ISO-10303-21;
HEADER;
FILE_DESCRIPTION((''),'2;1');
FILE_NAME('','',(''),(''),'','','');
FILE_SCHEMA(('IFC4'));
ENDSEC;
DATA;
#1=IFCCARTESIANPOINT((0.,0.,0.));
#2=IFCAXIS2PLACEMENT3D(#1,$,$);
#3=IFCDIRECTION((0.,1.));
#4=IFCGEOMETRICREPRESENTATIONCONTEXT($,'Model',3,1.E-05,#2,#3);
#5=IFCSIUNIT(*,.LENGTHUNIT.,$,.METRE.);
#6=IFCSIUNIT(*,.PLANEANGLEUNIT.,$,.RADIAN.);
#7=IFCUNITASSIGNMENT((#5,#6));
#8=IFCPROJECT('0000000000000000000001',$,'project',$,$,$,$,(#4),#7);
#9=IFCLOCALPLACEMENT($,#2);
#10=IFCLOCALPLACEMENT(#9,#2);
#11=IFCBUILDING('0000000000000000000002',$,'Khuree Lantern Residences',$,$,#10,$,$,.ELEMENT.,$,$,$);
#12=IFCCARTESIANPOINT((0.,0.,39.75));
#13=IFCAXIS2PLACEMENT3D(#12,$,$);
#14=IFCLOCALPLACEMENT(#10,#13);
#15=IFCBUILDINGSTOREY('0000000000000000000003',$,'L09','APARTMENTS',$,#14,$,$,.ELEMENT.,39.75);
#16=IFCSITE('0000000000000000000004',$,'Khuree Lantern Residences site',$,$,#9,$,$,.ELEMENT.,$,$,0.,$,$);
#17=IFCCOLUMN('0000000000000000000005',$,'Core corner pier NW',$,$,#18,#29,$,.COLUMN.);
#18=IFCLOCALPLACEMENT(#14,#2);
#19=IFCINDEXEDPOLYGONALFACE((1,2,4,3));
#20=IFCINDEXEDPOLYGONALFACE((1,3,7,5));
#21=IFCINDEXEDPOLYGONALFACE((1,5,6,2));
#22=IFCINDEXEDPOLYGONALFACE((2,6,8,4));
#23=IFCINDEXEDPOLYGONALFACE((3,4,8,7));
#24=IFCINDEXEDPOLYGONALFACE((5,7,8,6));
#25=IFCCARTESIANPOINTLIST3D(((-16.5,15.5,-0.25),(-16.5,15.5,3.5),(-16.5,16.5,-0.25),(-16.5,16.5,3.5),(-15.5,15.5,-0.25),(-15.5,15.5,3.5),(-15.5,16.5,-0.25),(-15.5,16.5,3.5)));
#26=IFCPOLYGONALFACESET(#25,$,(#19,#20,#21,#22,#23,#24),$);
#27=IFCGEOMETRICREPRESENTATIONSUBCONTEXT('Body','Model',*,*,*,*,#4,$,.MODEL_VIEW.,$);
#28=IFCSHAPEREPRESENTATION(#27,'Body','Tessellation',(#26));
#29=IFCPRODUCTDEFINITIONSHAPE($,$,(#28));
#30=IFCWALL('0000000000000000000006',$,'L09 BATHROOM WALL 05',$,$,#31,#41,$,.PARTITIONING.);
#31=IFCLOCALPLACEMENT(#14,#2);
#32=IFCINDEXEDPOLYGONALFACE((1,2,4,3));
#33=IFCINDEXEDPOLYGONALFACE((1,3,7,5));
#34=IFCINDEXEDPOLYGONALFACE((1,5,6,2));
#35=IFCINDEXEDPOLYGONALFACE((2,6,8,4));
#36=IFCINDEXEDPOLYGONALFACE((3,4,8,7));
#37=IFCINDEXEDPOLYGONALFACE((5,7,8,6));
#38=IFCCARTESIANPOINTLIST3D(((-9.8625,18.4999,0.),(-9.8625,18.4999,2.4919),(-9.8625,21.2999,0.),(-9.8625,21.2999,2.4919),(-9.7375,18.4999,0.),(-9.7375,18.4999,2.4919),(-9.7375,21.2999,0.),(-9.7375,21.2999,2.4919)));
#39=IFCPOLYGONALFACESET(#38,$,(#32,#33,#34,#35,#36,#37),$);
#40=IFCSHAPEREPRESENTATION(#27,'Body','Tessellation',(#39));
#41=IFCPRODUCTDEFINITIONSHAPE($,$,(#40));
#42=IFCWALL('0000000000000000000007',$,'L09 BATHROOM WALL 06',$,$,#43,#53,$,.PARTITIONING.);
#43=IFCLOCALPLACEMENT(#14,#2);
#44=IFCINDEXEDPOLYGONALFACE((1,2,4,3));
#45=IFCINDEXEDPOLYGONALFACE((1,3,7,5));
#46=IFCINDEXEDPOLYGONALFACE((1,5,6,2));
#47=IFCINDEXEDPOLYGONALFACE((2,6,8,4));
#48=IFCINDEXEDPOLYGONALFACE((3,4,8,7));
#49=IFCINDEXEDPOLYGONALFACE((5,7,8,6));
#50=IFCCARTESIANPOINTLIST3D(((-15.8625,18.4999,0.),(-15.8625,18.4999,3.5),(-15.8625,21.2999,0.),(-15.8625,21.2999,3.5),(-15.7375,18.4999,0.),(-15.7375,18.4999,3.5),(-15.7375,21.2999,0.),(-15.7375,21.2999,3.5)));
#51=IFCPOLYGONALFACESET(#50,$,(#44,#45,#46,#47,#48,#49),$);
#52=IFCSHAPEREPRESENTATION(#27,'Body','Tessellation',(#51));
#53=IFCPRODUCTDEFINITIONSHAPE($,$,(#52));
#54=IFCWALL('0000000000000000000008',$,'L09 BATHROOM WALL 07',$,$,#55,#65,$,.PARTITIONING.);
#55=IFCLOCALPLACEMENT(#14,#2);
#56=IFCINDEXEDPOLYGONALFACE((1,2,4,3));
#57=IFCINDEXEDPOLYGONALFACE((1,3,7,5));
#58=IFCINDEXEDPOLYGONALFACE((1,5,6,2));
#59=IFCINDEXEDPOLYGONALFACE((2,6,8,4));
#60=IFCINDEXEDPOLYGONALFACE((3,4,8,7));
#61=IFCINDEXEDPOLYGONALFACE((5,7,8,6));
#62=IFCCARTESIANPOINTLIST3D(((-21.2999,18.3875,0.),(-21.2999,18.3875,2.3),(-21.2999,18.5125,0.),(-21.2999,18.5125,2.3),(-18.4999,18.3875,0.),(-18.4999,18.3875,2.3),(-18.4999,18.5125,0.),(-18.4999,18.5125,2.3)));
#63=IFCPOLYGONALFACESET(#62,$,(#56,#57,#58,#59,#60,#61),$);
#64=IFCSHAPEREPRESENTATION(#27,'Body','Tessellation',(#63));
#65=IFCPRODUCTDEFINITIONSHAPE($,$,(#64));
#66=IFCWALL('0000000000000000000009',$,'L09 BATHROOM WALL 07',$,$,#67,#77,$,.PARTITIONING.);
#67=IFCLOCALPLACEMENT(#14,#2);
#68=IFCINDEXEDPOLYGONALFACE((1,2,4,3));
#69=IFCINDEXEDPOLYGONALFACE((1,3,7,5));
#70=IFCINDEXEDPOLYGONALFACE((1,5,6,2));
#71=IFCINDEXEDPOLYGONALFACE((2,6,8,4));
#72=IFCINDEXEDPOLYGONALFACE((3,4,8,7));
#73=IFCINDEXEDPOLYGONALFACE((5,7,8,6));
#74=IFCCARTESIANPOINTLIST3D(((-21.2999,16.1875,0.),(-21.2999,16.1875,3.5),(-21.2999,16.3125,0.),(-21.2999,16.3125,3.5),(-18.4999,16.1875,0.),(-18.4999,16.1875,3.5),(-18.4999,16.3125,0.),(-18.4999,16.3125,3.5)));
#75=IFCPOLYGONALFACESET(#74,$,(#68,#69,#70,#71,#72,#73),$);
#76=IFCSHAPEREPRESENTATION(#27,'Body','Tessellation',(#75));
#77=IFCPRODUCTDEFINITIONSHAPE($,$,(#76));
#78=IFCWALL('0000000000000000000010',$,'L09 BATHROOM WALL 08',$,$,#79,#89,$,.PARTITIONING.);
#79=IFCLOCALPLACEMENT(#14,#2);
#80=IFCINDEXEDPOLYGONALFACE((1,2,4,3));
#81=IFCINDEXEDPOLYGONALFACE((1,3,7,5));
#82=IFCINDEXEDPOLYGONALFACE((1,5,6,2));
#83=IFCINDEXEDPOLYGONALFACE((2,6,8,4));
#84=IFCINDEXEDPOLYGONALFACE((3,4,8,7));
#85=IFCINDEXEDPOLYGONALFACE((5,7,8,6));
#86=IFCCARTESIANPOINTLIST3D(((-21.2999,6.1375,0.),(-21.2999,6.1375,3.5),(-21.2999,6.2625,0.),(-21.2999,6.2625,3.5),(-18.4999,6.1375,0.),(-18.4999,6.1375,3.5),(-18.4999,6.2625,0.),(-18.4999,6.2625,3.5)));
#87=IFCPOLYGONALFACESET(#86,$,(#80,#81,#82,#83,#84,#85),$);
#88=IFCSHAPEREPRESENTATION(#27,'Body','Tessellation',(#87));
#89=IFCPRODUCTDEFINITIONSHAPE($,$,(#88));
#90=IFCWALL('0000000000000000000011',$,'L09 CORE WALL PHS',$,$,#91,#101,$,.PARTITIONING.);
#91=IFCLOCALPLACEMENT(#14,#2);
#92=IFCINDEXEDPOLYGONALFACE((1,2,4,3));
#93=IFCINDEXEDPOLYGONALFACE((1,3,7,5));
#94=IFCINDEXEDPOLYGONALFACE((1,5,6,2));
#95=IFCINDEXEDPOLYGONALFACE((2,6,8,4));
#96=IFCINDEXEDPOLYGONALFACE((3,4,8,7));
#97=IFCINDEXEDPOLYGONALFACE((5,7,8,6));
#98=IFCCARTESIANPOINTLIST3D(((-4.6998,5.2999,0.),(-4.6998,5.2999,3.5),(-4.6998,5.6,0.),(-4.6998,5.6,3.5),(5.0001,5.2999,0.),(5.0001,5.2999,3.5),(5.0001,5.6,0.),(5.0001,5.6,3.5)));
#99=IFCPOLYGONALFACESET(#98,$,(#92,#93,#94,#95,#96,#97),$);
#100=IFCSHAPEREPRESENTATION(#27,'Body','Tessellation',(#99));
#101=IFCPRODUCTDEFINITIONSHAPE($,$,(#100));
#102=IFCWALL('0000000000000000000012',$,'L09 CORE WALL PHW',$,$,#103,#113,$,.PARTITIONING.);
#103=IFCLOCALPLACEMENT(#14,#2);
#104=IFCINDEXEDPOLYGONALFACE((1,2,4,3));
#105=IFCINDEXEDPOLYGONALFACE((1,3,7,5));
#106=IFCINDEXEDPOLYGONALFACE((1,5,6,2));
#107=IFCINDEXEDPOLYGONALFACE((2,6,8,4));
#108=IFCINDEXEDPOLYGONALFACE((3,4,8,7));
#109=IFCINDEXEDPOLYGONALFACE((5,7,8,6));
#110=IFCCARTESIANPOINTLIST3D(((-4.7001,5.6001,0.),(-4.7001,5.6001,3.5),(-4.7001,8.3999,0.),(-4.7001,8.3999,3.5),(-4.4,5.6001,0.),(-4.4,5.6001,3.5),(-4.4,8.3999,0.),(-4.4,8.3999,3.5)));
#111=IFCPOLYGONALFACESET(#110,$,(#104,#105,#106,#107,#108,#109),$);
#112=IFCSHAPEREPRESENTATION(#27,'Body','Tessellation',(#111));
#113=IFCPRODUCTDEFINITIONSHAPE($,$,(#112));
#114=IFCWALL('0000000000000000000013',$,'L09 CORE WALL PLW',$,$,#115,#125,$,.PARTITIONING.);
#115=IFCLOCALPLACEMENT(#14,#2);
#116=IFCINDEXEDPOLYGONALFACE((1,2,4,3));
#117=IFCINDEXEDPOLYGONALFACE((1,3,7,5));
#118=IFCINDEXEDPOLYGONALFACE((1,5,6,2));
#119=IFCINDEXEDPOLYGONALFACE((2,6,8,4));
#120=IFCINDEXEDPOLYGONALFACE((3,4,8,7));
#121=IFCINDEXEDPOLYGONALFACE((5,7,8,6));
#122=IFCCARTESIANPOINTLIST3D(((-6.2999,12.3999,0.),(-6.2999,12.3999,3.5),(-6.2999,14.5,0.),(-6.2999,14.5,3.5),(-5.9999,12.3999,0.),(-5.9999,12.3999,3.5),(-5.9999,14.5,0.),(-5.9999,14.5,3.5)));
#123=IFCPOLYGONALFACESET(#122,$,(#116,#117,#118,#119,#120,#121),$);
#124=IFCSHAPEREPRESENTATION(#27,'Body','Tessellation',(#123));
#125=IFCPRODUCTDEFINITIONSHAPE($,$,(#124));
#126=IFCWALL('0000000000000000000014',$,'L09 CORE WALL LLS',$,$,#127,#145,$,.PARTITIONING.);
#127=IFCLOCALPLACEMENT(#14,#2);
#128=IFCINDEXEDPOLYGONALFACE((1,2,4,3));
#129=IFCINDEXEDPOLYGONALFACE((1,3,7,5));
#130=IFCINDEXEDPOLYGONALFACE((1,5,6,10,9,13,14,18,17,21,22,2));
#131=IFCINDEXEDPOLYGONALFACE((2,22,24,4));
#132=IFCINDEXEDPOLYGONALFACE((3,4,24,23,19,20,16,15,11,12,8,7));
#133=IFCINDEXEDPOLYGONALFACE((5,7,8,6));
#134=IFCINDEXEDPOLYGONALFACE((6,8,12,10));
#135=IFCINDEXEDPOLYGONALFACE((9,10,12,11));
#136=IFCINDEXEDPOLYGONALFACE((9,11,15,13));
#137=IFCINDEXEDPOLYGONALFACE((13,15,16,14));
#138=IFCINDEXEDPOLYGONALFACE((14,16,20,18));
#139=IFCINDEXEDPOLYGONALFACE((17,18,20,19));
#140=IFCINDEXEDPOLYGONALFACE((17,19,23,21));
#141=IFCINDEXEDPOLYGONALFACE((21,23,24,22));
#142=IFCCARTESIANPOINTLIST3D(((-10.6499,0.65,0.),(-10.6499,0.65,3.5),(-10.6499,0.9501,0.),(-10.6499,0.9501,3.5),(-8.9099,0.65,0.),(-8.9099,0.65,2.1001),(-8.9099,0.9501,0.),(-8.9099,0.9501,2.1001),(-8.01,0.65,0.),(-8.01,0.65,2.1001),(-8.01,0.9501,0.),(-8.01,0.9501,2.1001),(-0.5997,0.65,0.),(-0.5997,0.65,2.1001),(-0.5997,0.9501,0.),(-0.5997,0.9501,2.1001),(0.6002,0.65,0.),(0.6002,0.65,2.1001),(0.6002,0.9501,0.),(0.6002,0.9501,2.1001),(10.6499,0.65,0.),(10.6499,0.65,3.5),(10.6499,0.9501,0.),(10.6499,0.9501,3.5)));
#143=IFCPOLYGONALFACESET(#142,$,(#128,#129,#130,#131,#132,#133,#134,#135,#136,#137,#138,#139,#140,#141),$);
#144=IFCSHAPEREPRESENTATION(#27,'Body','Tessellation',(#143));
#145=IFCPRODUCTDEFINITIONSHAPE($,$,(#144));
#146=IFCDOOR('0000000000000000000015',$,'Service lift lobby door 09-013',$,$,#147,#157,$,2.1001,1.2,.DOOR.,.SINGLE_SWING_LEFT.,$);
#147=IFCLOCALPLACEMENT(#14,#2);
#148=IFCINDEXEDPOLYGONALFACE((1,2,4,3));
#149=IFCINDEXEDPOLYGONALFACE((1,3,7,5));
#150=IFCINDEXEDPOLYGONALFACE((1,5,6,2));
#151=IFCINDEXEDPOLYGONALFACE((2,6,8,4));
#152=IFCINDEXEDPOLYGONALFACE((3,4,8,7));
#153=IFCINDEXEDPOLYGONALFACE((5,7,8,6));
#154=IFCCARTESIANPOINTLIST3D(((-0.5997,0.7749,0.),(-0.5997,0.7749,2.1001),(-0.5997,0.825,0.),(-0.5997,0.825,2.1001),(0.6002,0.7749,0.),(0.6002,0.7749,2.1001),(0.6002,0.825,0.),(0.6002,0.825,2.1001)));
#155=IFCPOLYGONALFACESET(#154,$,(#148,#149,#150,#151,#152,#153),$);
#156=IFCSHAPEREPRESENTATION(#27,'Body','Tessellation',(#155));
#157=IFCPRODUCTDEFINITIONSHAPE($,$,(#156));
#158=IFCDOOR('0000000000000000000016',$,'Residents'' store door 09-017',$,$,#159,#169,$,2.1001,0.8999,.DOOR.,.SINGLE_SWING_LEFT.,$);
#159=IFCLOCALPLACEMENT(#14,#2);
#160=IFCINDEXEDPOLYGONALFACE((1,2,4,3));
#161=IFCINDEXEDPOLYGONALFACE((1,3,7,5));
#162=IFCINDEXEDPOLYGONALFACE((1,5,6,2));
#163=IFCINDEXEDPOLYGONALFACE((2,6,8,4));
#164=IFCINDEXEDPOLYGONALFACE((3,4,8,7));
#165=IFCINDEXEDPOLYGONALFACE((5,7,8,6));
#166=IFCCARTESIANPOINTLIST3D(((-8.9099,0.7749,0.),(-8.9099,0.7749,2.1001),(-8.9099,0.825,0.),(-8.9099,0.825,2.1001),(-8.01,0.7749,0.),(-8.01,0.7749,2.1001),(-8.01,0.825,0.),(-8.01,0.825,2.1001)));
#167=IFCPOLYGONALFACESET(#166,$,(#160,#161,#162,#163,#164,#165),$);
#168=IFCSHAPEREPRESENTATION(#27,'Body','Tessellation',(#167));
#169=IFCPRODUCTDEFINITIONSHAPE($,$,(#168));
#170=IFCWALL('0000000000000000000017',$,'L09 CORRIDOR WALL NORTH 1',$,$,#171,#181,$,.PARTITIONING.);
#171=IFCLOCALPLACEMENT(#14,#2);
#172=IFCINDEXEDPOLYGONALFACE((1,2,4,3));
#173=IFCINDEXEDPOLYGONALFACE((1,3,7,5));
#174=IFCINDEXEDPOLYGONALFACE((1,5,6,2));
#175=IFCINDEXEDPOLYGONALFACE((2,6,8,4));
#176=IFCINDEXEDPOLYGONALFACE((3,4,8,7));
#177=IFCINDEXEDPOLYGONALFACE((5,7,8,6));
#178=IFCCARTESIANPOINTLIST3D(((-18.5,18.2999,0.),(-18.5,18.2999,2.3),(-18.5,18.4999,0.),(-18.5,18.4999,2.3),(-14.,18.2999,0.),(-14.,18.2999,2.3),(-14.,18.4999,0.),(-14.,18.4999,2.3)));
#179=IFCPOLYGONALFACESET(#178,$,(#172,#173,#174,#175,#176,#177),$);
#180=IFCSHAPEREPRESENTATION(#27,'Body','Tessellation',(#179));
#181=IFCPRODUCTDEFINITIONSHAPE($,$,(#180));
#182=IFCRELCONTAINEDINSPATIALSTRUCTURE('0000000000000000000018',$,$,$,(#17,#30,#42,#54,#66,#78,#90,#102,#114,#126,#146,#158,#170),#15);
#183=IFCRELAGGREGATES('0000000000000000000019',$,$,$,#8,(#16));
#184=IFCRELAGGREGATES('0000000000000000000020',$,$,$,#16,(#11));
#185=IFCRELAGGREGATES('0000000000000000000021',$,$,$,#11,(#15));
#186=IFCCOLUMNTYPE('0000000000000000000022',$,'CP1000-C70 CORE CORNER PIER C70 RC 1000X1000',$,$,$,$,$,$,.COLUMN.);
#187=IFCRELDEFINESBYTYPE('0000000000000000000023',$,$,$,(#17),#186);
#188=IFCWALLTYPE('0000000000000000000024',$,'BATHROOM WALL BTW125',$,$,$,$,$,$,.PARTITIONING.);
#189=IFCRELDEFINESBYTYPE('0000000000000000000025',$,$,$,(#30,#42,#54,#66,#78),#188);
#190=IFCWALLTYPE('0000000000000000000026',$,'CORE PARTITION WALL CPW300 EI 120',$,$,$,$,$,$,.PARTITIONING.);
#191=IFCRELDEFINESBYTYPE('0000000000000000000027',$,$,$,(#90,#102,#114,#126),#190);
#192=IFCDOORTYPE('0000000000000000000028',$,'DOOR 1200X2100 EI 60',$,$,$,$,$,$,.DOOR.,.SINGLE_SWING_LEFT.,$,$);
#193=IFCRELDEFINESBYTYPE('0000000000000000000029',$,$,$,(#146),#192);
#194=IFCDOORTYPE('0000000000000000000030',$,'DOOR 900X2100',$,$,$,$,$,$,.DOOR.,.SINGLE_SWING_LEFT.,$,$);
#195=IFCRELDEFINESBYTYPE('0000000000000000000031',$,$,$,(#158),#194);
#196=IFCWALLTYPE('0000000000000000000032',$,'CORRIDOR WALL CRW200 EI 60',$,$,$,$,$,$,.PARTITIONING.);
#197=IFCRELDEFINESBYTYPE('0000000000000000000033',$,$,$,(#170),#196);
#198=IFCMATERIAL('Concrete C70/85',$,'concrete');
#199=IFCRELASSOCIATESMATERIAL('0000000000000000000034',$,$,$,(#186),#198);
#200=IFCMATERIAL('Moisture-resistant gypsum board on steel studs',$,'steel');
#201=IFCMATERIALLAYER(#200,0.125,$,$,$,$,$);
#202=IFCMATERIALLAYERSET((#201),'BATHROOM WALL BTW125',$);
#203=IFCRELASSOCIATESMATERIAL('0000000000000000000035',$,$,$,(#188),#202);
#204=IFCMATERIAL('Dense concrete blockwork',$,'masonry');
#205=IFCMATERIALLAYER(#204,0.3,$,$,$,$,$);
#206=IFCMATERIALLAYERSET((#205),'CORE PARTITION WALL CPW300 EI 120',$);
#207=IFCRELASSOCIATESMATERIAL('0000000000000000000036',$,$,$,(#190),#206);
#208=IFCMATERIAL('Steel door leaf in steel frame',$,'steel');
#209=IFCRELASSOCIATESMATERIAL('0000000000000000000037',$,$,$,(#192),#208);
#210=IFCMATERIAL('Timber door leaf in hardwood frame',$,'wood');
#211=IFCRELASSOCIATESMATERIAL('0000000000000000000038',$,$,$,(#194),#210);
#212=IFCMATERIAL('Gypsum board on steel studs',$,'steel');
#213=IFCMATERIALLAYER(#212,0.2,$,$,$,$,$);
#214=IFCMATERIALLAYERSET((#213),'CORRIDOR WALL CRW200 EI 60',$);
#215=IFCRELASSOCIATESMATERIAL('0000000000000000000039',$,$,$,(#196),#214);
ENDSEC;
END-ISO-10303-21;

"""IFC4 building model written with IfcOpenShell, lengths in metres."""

from ifc_helpers import new_model, si_unit, direction, frame, frame_2d, origin, origin_2d, place, context, subcontext, project, spatial, rectangle, extrude, material, layer, layer_set, material_profile, profile_set, type_object, element, fill, save


model = new_model("IFC4")

# Units and contexts
model_context = context("Model", 3, precision=1e-05, world=origin(), true_north=direction((0.0, 1.0)))
body_context = subcontext(model_context, "Body", "Model", "MODEL_VIEW")
ifc_project = project(units=[si_unit("LENGTHUNIT", "METRE"), si_unit("PLANEANGLEUNIT", "RADIAN")], contexts=[model_context])

# Site, building, storey
site_placement = place(None, origin())
site = spatial("IfcSite", under=ifc_project, at=site_placement, Name="Khuree Lantern Residences site", CompositionType="ELEMENT", RefElevation=0.0)
building_placement = place(site_placement, origin())
building = spatial("IfcBuilding", under=site, at=building_placement, Name="Khuree Lantern Residences", CompositionType="ELEMENT")
storey_placement = place(building_placement, frame((0.0, 0.0, 39.75)))
storey = spatial("IfcBuildingStorey", under=building, at=storey_placement, Name="L09", Description="APARTMENTS", CompositionType="ELEMENT", Elevation=39.75)

# Column
ifc_material_1 = material(Name="Concrete C70/85", Category="concrete")
ifc_material_profile = material_profile(ifc_material_1, rectangle(XDim=1.0, YDim=1.0, at=origin_2d()), Name="RC 1000X1000")
ifc_profile_set = profile_set([ifc_material_profile], Name="Concrete C70/85")
column_type = type_object("IfcColumnType", Name="CP1000-C70 CORE CORNER PIER C70 RC 1000X1000", PredefinedType="COLUMN", material=ifc_profile_set)
column_placement = place(storey_placement, frame((-16.0, 16.0, -0.25), z_axis=(0.0, 0.0, 1.0), x_axis=(1.0, 0.0, 0.0)))
element("IfcColumn", 1, at=column_placement, inside=storey, type_object=column_type, Name="Core corner pier NW", PredefinedType="COLUMN", context=body_context, shape_type="SweptSolid", body=[
    extrude(rectangle(XDim=1.0, YDim=1.0, at=origin_2d()), origin(), (0.0, 0.0, 1.0), 3.75),
])

# Walls
ifc_material_2 = material(Name="Moisture-resistant gypsum board on steel studs", Category="steel")
ifc_layer_1 = layer(ifc_material_2, 0.125)
ifc_layer_set_1 = layer_set([ifc_layer_1], Name="BATHROOM WALL BTW125")
wall_type_1 = type_object("IfcWallType", Name="BATHROOM WALL BTW125", PredefinedType="PARTITIONING", material=ifc_layer_set_1)
wall_1_placement = place(storey_placement, frame((-9.8, 18.5, 0.0), z_axis=(0.0, 0.0, 1.0), x_axis=(0.0, 1.0, 0.0)))
element("IfcWall", 2, at=wall_1_placement, inside=storey, type_object=wall_type_1, Name="L09 BATHROOM WALL 05", PredefinedType="PARTITIONING", context=body_context, shape_type="SweptSolid", body=[
    extrude(rectangle(XDim=2.8, YDim=0.125, at=frame_2d((1.3999, 0.0))), origin(), (0.0, 0.0, 1.0), 2.4919),
])
wall_2_placement = place(storey_placement, frame((-15.8, 18.5, 0.0), z_axis=(0.0, 0.0, 1.0), x_axis=(0.0, 1.0, 0.0)))
element("IfcWall", 3, at=wall_2_placement, inside=storey, type_object=wall_type_1, Name="L09 BATHROOM WALL 06", PredefinedType="PARTITIONING", context=body_context, shape_type="SweptSolid", body=[
    extrude(rectangle(XDim=2.8, YDim=0.125, at=frame_2d((1.3999, 0.0))), origin(), (0.0, 0.0, 1.0), 3.5),
])
wall_3_placement = place(storey_placement, frame((-18.5, 18.45, 0.0), z_axis=(0.0, 0.0, 1.0), x_axis=(-1.0, 0.0, 0.0)))
element("IfcWall", 4, at=wall_3_placement, inside=storey, type_object=wall_type_1, Name="L09 BATHROOM WALL 07", PredefinedType="PARTITIONING", context=body_context, shape_type="SweptSolid", body=[
    extrude(rectangle(XDim=2.8, YDim=0.125, at=frame_2d((1.3999, 0.0))), origin(), (0.0, 0.0, 1.0), 2.3),
])
for number, where, z_axis, x_axis, name in (
    (5, (-18.5, 16.25, 0.0), (0.0, 0.0, 1.0), (-1.0, 0.0, 0.0), "L09 BATHROOM WALL 07"),
    (6, (-18.5, 6.2, 0.0), (0.0, 0.0, 1.0), (-1.0, 0.0, 0.0), "L09 BATHROOM WALL 08"),
):
    element("IfcWall", number, at=place(storey_placement, frame(where, z_axis=z_axis, x_axis=x_axis)), inside=storey, type_object=wall_type_1, Name=name, PredefinedType="PARTITIONING", context=body_context, shape_type="SweptSolid", body=[
        extrude(rectangle(XDim=2.8, YDim=0.125, at=frame_2d((1.3999, 0.0))), origin(), (0.0, 0.0, 1.0), 3.5),
    ])
ifc_material_3 = material(Name="Dense concrete blockwork", Category="masonry")
ifc_layer_2 = layer(ifc_material_3, 0.3)
ifc_layer_set_2 = layer_set([ifc_layer_2], Name="CORE PARTITION WALL CPW300 EI 120")
wall_type_2 = type_object("IfcWallType", Name="CORE PARTITION WALL CPW300 EI 120", PredefinedType="PARTITIONING", material=ifc_layer_set_2)
wall_4_placement = place(storey_placement, frame((-4.7, 5.45, 0.0), z_axis=(0.0, 0.0, 1.0), x_axis=(1.0, 0.0, 0.0)))
element("IfcWall", 7, at=wall_4_placement, inside=storey, type_object=wall_type_2, Name="L09 CORE WALL PHS", PredefinedType="PARTITIONING", context=body_context, shape_type="SweptSolid", body=[
    extrude(rectangle(XDim=9.7, YDim=0.3, at=frame_2d((4.8501, 0.0))), origin(), (0.0, 0.0, 1.0), 3.5),
])
wall_5_placement = place(storey_placement, frame((-4.55, 5.6001, 0.0), z_axis=(0.0, 0.0, 1.0), x_axis=(0.0, 1.0, 0.0)))
element("IfcWall", 8, at=wall_5_placement, inside=storey, type_object=wall_type_2, Name="L09 CORE WALL PHW", PredefinedType="PARTITIONING", context=body_context, shape_type="SweptSolid", body=[
    extrude(rectangle(XDim=2.7998, YDim=0.3, at=frame_2d((1.3999, 0.0))), origin(), (0.0, 0.0, 1.0), 3.5),
])
wall_6_placement = place(storey_placement, frame((-6.1499, 12.3999, 0.0), z_axis=(0.0, 0.0, 1.0), x_axis=(0.0, 1.0, 0.0)))
element("IfcWall", 9, at=wall_6_placement, inside=storey, type_object=wall_type_2, Name="L09 CORE WALL PLW", PredefinedType="PARTITIONING", context=body_context, shape_type="SweptSolid", body=[
    extrude(rectangle(XDim=2.1001, YDim=0.3, at=frame_2d((1.05, 0.0))), origin(), (0.0, 0.0, 1.0), 3.5),
])

# Wall, openings, doors
wall_7_placement = place(storey_placement, frame((-10.6499, 0.8, 0.0), z_axis=(0.0, 0.0, 1.0), x_axis=(1.0, 0.0, 0.0)))
wall_7 = element("IfcWall", 10, at=wall_7_placement, inside=storey, type_object=wall_type_2, Name="L09 CORE WALL LLS", PredefinedType="PARTITIONING", context=body_context, shape_type="SweptSolid", body=[
    extrude(rectangle(XDim=21.2998, YDim=0.3, at=frame_2d((10.6499, 0.0))), origin(), (0.0, 0.0, 1.0), 3.5),
])
opening_1_placement = place(wall_7_placement, frame((10.05, 0.0, 0.0)))
opening_1 = element("IfcOpeningElement", 11, at=opening_1_placement, cuts=wall_7, PredefinedType="OPENING", context=body_context, shape_type="SweptSolid", body=[
    extrude(rectangle(XDim=1.2, YDim=2.1001, at=frame_2d((0.6001, 1.05))), frame((0.0, 0.1602, 0.0), z_axis=(0.0, -1.0, 0.0), x_axis=(1.0, 0.0, 0.0)), (0.0, 0.0, 1.0), 0.3201),
])
opening_2_placement = place(wall_7_placement, frame((1.74, 0.0, 0.0)))
opening_2 = element("IfcOpeningElement", 12, at=opening_2_placement, cuts=wall_7, PredefinedType="OPENING", context=body_context, shape_type="SweptSolid", body=[
    extrude(rectangle(XDim=0.8999, YDim=2.1001, at=frame_2d((0.45, 1.05))), frame((0.0, 0.1602, 0.0), z_axis=(0.0, -1.0, 0.0), x_axis=(1.0, 0.0, 0.0)), (0.0, 0.0, 1.0), 0.3201),
])
ifc_material_4 = material(Name="Steel door leaf in steel frame", Category="steel")
door_type_1 = type_object("IfcDoorType", Name="DOOR 1200X2100 EI 60", OperationType="SINGLE_SWING_LEFT", PredefinedType="DOOR", material=ifc_material_4)
door_1_placement = place(opening_1_placement, origin())
door_1 = element("IfcDoor", 13, at=door_1_placement, inside=storey, type_object=door_type_1, Name="Service lift lobby door 09-013", OperationType="SINGLE_SWING_LEFT", OverallHeight=2.1001, OverallWidth=1.2, PredefinedType="DOOR", context=body_context, shape_type="SweptSolid", body=[
    extrude(rectangle(XDim=1.2, YDim=2.1001, at=frame_2d((0.6001, 1.05))), frame((0.0, 0.0249, 0.0), z_axis=(0.0, -1.0, 0.0), x_axis=(1.0, 0.0, 0.0)), (0.0, 0.0, 1.0), 0.05),
])
fill(opening_1, door_1)
ifc_material_5 = material(Name="Timber door leaf in hardwood frame", Category="wood")
door_type_2 = type_object("IfcDoorType", Name="DOOR 900X2100", OperationType="SINGLE_SWING_LEFT", PredefinedType="DOOR", material=ifc_material_5)
door_2_placement = place(opening_2_placement, origin())
door_2 = element("IfcDoor", 14, at=door_2_placement, inside=storey, type_object=door_type_2, Name="Residents' store door 09-017", OperationType="SINGLE_SWING_LEFT", OverallHeight=2.1001, OverallWidth=0.8999, PredefinedType="DOOR", context=body_context, shape_type="SweptSolid", body=[
    extrude(rectangle(XDim=0.8999, YDim=2.1001, at=frame_2d((0.45, 1.05))), frame((0.0, 0.0249, 0.0), z_axis=(0.0, -1.0, 0.0), x_axis=(1.0, 0.0, 0.0)), (0.0, 0.0, 1.0), 0.05),
])
fill(opening_2, door_2)

# Wall
ifc_material_6 = material(Name="Gypsum board on steel studs", Category="steel")
ifc_layer_3 = layer(ifc_material_6, 0.2)
ifc_layer_set_3 = layer_set([ifc_layer_3], Name="CORRIDOR WALL CRW200 EI 60")
wall_type_3 = type_object("IfcWallType", Name="CORRIDOR WALL CRW200 EI 60", PredefinedType="PARTITIONING", material=ifc_layer_set_3)
wall_8_placement = place(storey_placement, frame((-18.5, 18.3999, 0.0), z_axis=(0.0, 0.0, 1.0), x_axis=(1.0, 0.0, 0.0)))
element("IfcWall", 15, at=wall_8_placement, inside=storey, type_object=wall_type_3, Name="L09 CORRIDOR WALL NORTH 1", PredefinedType="PARTITIONING", context=body_context, shape_type="SweptSolid", body=[
    extrude(rectangle(XDim=4.5, YDim=0.2, at=frame_2d((2.25, 0.0))), origin(), (0.0, 0.0, 1.0), 2.3),
])

save(model, "model.ifc")
